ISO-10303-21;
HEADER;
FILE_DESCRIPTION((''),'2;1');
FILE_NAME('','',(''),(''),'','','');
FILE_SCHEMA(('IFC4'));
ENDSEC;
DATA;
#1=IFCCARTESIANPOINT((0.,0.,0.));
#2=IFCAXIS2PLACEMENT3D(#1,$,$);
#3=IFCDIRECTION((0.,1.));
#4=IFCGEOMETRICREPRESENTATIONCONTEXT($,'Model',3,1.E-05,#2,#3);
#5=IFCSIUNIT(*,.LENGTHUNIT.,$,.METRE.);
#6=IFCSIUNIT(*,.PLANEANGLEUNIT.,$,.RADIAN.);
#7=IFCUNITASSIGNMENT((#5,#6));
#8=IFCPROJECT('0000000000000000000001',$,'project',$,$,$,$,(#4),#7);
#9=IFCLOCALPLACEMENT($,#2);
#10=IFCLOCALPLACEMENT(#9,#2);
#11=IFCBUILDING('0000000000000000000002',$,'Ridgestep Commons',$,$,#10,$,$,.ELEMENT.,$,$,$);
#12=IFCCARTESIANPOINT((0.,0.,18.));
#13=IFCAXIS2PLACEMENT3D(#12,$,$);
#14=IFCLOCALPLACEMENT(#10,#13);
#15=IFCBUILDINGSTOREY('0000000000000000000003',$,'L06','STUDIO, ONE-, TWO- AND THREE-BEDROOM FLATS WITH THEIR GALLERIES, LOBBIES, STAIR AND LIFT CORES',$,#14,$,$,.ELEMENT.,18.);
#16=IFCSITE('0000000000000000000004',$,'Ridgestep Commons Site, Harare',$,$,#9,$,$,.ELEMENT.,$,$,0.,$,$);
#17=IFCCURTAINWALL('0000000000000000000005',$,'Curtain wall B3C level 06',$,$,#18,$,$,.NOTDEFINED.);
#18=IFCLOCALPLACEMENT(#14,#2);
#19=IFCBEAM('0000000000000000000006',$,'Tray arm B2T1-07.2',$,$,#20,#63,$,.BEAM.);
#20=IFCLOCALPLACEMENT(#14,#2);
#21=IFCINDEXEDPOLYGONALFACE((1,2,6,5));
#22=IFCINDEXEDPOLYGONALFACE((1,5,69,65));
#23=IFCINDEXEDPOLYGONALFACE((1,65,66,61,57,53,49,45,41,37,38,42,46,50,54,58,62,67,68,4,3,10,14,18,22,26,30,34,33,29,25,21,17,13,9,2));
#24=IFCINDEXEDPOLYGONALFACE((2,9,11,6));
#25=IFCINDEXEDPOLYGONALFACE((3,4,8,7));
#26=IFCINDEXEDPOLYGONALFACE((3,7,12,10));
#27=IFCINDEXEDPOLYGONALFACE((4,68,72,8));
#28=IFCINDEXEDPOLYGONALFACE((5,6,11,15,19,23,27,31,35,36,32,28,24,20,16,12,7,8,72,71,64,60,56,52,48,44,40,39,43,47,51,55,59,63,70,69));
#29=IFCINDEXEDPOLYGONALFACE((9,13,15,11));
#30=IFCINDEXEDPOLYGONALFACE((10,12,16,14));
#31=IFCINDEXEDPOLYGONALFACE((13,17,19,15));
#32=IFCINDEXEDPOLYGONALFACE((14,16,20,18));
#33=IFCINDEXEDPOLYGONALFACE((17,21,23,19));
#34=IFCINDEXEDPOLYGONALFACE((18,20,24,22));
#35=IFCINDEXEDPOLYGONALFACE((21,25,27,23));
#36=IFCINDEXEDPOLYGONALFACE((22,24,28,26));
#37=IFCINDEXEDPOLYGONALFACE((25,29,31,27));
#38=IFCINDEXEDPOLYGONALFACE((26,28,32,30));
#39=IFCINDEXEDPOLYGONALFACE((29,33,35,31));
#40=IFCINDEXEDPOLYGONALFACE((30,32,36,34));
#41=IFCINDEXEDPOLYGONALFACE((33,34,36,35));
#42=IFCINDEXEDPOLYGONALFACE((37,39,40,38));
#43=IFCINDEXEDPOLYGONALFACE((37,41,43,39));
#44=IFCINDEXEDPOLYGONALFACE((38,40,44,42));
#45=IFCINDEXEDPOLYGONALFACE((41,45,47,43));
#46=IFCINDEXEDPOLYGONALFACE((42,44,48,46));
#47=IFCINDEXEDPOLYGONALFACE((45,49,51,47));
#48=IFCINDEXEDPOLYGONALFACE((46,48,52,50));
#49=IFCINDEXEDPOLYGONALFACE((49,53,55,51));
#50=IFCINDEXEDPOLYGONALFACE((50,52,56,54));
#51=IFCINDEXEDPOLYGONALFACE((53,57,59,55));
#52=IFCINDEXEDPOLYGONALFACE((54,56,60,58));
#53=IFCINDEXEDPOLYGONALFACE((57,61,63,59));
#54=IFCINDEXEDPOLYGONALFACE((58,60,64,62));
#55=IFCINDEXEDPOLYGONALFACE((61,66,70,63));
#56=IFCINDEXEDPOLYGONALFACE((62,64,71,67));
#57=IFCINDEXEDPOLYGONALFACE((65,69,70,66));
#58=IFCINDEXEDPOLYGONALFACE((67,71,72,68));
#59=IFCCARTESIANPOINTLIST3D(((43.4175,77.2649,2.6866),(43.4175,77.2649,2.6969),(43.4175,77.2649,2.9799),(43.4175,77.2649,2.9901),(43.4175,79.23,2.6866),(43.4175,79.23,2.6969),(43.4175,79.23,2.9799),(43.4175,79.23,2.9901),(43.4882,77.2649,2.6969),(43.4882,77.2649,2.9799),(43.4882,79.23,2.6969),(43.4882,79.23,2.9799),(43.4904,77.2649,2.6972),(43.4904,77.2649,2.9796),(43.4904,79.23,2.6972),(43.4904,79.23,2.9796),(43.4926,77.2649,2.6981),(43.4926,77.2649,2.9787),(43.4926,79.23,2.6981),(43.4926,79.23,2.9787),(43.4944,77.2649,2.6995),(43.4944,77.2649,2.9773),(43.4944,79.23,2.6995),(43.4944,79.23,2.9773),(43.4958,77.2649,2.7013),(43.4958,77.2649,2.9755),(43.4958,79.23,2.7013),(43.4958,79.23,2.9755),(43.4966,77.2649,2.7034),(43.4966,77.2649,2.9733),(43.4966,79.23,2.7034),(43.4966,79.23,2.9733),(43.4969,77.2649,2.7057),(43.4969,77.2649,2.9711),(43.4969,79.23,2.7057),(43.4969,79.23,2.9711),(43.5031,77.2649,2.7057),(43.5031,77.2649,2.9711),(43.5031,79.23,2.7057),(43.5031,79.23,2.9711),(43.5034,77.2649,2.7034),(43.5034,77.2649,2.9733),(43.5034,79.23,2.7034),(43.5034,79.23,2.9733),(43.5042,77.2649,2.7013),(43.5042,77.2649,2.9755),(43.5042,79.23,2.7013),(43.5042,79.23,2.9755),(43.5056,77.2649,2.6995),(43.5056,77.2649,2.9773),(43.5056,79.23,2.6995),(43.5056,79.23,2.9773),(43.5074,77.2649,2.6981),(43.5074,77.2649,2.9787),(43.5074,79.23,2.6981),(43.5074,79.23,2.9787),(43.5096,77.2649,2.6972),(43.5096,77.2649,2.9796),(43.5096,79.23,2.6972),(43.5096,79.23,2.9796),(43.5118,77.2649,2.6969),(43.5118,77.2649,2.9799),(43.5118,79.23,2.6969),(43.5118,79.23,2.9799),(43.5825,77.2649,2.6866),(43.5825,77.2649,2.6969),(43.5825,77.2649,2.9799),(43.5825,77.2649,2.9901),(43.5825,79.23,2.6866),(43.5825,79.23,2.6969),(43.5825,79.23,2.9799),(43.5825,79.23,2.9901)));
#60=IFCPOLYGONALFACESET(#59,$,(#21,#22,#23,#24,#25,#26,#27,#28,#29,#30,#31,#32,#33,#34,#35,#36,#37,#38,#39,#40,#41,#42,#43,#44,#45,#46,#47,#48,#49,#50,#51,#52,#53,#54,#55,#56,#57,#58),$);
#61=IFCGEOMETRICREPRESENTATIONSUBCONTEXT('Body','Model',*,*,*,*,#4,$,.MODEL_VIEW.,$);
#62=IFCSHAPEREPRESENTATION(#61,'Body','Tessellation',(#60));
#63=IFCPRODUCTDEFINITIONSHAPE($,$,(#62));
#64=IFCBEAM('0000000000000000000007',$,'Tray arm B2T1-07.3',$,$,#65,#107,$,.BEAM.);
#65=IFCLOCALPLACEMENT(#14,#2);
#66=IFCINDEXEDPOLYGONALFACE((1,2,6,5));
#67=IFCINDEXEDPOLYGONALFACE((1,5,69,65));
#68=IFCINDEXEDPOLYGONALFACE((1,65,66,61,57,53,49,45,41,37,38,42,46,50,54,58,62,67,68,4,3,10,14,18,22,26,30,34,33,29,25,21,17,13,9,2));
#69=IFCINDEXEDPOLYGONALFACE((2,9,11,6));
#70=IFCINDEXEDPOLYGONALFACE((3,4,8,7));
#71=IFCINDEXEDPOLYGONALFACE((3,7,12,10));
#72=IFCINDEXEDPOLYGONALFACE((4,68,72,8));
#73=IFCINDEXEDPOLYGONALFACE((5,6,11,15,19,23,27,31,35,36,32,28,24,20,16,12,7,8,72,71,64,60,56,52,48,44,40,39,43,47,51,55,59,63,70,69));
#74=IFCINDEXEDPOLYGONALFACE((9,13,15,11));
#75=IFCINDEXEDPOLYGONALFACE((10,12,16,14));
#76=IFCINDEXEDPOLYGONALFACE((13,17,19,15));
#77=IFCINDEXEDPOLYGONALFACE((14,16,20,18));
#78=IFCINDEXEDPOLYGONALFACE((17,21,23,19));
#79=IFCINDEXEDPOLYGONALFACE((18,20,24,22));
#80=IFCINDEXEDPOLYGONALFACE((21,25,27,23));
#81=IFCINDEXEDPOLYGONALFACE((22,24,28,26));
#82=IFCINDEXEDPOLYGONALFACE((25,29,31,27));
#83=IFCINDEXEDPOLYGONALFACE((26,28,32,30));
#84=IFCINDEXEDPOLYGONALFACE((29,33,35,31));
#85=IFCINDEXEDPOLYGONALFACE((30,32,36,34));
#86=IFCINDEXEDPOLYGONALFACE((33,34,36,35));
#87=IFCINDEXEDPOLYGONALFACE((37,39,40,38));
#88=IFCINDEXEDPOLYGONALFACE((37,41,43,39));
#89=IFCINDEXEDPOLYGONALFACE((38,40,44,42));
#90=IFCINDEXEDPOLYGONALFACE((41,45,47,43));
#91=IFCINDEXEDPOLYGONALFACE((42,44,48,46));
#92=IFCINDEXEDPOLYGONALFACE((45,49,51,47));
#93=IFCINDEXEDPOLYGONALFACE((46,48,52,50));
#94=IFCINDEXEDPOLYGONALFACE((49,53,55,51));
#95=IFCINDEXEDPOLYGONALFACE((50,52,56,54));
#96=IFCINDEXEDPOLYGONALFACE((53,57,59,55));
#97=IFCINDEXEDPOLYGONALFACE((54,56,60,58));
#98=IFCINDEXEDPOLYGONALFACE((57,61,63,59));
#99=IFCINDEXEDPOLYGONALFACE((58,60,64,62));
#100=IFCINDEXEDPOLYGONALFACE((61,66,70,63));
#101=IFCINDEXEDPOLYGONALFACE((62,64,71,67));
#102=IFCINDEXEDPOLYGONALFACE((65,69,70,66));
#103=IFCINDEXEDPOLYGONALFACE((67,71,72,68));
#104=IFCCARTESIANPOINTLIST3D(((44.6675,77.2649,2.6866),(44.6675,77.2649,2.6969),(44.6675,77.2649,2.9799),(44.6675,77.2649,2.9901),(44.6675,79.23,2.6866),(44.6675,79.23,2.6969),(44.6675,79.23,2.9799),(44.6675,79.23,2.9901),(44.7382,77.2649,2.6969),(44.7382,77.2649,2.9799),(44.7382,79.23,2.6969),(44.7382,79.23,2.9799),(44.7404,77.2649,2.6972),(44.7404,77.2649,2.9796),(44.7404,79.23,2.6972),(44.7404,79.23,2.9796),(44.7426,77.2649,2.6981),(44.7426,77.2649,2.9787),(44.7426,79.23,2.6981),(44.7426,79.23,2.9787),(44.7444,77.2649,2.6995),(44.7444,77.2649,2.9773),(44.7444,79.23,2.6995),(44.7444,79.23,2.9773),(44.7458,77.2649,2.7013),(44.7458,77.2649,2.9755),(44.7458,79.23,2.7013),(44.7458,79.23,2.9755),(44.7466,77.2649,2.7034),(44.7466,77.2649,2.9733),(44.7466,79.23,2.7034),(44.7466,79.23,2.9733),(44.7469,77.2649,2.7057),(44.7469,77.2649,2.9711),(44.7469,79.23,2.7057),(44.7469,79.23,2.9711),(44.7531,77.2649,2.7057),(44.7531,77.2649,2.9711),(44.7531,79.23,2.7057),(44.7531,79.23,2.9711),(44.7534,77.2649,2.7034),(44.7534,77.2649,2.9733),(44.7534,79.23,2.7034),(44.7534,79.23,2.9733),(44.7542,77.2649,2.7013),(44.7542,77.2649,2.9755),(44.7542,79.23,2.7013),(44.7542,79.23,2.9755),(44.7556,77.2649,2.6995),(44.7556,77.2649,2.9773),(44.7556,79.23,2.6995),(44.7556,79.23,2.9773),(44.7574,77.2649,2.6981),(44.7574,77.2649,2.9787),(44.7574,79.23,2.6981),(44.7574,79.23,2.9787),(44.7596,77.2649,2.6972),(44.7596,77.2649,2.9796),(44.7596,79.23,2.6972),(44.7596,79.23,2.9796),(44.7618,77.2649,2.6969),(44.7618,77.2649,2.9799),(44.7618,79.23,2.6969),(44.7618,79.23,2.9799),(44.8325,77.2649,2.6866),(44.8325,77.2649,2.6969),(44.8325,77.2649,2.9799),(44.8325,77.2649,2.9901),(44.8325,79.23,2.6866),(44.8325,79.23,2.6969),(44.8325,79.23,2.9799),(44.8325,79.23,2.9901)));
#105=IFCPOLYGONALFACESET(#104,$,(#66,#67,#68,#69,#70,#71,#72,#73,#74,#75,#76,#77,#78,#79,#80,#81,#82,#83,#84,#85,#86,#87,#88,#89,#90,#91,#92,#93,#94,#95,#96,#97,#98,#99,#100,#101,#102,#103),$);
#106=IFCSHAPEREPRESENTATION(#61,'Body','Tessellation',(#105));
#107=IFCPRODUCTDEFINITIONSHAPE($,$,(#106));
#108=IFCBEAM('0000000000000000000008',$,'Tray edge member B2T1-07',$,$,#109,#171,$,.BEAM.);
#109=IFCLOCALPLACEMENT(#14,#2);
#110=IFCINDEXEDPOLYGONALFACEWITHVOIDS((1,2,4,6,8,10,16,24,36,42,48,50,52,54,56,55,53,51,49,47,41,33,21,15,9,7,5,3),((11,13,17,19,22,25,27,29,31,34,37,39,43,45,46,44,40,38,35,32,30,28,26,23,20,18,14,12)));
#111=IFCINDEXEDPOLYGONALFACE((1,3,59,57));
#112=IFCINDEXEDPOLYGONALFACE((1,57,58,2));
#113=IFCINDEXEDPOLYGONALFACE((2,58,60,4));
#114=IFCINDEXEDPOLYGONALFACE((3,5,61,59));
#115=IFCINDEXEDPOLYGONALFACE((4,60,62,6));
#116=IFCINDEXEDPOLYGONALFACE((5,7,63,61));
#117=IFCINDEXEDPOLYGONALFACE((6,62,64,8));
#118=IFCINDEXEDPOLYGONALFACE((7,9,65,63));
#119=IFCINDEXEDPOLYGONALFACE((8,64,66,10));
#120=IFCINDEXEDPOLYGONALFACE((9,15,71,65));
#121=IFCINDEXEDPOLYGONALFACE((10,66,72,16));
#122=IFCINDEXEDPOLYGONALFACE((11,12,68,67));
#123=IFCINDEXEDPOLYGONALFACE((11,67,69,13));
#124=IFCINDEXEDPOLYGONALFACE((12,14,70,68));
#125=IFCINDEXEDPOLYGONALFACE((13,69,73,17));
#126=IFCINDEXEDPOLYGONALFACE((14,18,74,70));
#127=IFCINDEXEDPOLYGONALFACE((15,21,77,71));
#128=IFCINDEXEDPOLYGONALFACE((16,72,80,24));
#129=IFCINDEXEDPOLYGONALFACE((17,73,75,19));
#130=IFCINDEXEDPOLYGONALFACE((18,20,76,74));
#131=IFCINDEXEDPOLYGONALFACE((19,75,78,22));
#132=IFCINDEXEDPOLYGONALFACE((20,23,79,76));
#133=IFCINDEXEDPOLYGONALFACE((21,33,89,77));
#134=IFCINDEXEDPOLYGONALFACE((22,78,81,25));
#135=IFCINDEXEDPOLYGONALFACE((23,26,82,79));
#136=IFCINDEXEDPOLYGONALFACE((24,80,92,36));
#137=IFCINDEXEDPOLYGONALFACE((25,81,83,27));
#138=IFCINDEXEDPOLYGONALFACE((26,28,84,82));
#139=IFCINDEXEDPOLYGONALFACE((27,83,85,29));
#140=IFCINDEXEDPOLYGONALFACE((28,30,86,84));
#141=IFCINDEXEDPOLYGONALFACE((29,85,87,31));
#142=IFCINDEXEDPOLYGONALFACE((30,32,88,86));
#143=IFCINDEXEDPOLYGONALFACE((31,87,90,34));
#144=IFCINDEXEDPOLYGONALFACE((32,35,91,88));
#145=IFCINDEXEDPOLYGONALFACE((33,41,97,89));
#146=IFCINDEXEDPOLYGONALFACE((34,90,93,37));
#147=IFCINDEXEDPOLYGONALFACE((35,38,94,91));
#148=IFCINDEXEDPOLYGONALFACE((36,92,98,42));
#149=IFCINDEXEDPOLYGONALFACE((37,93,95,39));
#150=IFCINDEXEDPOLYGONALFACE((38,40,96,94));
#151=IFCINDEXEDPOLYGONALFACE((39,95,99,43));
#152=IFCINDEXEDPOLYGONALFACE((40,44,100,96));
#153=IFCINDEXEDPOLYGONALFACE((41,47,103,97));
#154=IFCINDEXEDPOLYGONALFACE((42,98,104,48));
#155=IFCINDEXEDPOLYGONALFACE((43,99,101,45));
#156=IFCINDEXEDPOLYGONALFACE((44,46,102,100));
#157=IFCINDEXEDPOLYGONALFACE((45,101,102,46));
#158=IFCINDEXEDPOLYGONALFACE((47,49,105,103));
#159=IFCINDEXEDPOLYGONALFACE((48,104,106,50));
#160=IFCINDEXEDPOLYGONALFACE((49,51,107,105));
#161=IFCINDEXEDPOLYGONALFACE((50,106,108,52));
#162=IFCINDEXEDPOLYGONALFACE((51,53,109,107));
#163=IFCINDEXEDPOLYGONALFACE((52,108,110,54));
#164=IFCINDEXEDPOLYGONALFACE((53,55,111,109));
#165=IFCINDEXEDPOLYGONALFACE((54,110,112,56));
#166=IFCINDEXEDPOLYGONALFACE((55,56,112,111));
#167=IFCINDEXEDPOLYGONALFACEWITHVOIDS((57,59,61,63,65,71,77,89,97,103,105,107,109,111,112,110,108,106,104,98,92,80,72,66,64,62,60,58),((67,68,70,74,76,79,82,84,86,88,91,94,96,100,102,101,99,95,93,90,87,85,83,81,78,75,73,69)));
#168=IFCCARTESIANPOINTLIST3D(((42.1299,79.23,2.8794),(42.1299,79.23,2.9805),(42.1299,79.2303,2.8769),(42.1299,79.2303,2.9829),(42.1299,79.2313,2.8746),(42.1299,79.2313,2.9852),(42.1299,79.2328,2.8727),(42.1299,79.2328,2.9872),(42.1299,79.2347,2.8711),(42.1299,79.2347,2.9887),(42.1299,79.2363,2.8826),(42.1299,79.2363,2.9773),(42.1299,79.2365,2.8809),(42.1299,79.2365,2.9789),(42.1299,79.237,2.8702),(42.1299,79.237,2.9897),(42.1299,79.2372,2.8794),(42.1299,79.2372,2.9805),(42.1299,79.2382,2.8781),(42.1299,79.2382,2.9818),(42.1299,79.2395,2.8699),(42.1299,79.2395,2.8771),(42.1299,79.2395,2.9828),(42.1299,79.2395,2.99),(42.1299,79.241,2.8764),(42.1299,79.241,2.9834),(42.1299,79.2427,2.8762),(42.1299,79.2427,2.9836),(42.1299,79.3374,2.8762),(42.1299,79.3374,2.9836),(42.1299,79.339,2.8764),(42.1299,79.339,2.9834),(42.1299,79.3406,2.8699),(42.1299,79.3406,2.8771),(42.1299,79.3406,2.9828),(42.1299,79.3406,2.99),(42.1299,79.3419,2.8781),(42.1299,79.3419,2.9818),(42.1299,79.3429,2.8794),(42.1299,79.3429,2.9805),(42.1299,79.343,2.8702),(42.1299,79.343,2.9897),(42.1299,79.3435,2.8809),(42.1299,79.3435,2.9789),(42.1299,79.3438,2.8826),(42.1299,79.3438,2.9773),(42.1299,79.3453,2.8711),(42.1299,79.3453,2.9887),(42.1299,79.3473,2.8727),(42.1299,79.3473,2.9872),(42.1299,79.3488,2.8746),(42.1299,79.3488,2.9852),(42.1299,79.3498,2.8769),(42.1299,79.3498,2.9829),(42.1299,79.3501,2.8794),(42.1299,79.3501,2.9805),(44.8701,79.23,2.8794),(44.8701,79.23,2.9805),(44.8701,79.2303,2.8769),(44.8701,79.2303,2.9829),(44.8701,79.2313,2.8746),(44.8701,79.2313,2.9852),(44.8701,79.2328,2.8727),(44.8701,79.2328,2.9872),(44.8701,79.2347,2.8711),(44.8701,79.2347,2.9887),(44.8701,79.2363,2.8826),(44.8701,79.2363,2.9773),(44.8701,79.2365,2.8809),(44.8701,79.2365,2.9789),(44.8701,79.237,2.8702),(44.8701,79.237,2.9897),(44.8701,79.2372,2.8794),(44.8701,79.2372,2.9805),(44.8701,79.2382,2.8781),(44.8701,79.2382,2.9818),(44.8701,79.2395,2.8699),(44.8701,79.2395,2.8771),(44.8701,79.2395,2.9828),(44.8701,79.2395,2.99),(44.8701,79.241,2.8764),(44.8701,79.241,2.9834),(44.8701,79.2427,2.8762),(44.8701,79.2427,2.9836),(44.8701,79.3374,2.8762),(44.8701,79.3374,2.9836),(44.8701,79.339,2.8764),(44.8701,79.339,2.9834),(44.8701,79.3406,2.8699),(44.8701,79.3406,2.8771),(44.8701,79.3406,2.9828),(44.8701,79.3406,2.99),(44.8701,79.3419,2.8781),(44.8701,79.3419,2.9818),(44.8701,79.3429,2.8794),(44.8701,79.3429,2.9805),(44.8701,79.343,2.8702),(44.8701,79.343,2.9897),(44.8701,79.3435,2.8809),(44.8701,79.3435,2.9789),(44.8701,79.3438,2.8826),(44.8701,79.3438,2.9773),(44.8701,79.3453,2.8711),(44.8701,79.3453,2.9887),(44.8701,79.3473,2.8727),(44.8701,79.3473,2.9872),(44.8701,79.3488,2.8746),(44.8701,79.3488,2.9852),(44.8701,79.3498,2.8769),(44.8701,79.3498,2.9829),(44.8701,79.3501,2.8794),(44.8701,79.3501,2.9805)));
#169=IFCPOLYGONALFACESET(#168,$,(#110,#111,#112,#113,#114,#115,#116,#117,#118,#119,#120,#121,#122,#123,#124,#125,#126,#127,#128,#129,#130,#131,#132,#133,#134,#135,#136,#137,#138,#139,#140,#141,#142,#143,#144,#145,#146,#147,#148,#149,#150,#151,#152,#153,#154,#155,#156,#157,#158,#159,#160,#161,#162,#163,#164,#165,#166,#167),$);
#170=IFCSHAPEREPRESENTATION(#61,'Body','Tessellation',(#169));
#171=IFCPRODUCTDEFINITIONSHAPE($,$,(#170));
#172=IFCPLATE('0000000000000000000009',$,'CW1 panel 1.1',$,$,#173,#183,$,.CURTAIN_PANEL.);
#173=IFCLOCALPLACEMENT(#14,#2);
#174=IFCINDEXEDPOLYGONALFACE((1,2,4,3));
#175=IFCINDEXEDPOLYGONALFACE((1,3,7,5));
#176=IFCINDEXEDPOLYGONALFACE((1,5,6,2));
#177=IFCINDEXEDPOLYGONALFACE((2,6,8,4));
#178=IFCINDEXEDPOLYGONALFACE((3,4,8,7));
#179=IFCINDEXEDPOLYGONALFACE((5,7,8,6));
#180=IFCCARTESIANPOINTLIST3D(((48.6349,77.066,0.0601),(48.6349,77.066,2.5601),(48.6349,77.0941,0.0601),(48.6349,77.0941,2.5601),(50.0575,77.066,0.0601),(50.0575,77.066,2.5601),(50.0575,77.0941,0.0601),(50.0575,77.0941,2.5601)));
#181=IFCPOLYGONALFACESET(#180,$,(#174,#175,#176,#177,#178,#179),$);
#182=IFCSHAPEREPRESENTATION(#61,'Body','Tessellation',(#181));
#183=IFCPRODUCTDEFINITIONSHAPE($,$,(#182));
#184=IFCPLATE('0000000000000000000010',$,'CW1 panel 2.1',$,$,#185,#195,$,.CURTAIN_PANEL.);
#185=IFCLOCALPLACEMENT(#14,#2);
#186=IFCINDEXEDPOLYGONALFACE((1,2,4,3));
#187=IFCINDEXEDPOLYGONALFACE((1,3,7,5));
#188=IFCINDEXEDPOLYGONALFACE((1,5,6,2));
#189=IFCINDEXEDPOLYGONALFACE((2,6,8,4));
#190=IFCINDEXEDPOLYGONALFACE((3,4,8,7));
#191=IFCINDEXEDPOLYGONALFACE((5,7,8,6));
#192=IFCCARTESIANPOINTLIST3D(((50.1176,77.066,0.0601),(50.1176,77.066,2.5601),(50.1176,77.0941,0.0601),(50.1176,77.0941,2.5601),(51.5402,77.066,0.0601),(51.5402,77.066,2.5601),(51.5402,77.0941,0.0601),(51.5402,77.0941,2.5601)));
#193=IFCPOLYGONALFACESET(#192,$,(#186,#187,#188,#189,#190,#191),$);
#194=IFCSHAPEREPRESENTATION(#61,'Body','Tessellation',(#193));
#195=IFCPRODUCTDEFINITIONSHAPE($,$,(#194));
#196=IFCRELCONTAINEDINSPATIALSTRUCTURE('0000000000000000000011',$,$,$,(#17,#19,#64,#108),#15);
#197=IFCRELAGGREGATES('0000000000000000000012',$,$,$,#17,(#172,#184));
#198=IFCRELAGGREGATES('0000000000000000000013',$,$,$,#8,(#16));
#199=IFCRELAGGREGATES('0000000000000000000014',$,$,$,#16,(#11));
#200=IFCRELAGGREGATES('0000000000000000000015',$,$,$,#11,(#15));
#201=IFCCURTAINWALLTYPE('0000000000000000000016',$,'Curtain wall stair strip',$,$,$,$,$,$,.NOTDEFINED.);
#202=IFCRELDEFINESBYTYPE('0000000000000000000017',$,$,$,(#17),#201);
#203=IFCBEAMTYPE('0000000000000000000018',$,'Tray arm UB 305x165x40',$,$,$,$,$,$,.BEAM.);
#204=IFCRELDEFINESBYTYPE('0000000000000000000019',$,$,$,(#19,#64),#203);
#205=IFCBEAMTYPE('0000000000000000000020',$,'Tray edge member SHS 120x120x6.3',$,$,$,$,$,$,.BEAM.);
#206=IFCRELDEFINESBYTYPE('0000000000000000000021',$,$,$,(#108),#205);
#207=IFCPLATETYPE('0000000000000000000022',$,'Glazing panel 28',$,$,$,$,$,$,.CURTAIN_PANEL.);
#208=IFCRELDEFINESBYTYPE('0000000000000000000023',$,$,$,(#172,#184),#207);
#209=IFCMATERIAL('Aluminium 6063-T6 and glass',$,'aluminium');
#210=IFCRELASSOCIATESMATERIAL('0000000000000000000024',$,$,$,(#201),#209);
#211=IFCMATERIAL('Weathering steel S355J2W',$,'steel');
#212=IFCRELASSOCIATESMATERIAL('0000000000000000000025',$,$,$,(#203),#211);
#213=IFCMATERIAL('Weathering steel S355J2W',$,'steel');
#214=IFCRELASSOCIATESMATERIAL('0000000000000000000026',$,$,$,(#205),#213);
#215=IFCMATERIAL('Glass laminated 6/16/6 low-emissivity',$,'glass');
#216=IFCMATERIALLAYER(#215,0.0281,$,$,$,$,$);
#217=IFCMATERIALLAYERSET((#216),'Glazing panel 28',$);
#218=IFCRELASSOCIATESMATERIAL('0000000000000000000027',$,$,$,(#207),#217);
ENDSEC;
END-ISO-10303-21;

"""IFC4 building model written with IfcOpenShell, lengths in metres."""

from ifc_helpers import new_model, si_unit, direction, frame, origin, origin_2d, place, context, subcontext, project, spatial, rectangle, hollow_rectangle, i_section, extrude, material, layer, layer_set, material_profile, profile_set, type_object, element, aggregate, save


model = new_model("IFC4")

# Units and contexts
model_context = context("Model", 3, precision=1e-05, world=origin(), true_north=direction((0.0, 1.0)))
body_context = subcontext(model_context, "Body", "Model", "MODEL_VIEW")
ifc_project = project(units=[si_unit("LENGTHUNIT", "METRE"), si_unit("PLANEANGLEUNIT", "RADIAN")], contexts=[model_context])

# Site, building, storey
site_placement = place(None, origin())
site = spatial("IfcSite", under=ifc_project, at=site_placement, Name="Ridgestep Commons Site, Harare", CompositionType="ELEMENT", RefElevation=0.0)
building_placement = place(site_placement, origin())
building = spatial("IfcBuilding", under=site, at=building_placement, Name="Ridgestep Commons", CompositionType="ELEMENT")
storey_placement = place(building_placement, frame((0.0, 0.0, 18.0)))
storey = spatial("IfcBuildingStorey", under=building, at=storey_placement, Name="L06", Description="STUDIO, ONE-, TWO- AND THREE-BEDROOM FLATS WITH THEIR GALLERIES, LOBBIES, STAIR AND LIFT CORES", CompositionType="ELEMENT", Elevation=18.0)

# Curtain wall
ifc_material_1 = material(Name="Aluminium 6063-T6 and glass", Category="aluminium")
curtain_wall_type = type_object("IfcCurtainWallType", Name="Curtain wall stair strip", PredefinedType="NOTDEFINED", material=ifc_material_1)
curtain_wall_placement = place(storey_placement, origin())
curtain_wall = element("IfcCurtainWall", 1, at=curtain_wall_placement, inside=storey, type_object=curtain_wall_type, Name="Curtain wall B3C level 06", PredefinedType="NOTDEFINED")

# Beams
ifc_material_2 = material(Name="Weathering steel S355J2W", Category="steel")
ifc_material_profile_1 = material_profile(ifc_material_2, i_section(OverallWidth=0.165, OverallDepth=0.3035, WebThickness=0.0061, FlangeThickness=0.0103, FilletRadius=0.0088, at=origin_2d()), Name="UB 305x165x40")
ifc_profile_set_1 = profile_set([ifc_material_profile_1], Name="Weathering steel S355J2W")
beam_type_1 = type_object("IfcBeamType", Name="Tray arm UB 305x165x40", PredefinedType="BEAM", material=ifc_profile_set_1)
for number, where, z_axis, x_axis, name in (
    (2, (43.5, 77.2649, 2.8384), (0.0, 1.0, 0.0), (-1.0, 0.0, 0.0), "Tray arm B2T1-07.2"),
    (3, (44.75, 77.2649, 2.8384), (0.0, 1.0, 0.0), (-1.0, 0.0, 0.0), "Tray arm B2T1-07.3"),
):
    element("IfcBeam", number, at=place(storey_placement, frame(where, z_axis=z_axis, x_axis=x_axis)), inside=storey, type_object=beam_type_1, Name=name, PredefinedType="BEAM", context=body_context, shape_type="SweptSolid", body=[
        extrude(i_section(OverallWidth=0.165, OverallDepth=0.3035, WebThickness=0.0061, FlangeThickness=0.0103, FilletRadius=0.0088, at=origin_2d()), origin(), (0.0, 0.0, 1.0), 1.9651),
    ])
ifc_material_3 = material(Name="Weathering steel S355J2W", Category="steel")
ifc_material_profile_2 = material_profile(ifc_material_3, hollow_rectangle(XDim=0.1201, YDim=0.1201, WallThickness=0.0063, InnerFilletRadius=0.0063, OuterFilletRadius=0.0095, at=origin_2d()), Name="SHS 120x120x6.3")
ifc_profile_set_2 = profile_set([ifc_material_profile_2], Name="Weathering steel S355J2W")
beam_type_2 = type_object("IfcBeamType", Name="Tray edge member SHS 120x120x6.3", PredefinedType="BEAM", material=ifc_profile_set_2)
beam_placement = place(storey_placement, frame((42.1299, 79.29, 2.9299), z_axis=(1.0, 0.0, 0.0), x_axis=(0.0, 0.0, 1.0)))
element("IfcBeam", 4, at=beam_placement, inside=storey, type_object=beam_type_2, Name="Tray edge member B2T1-07", PredefinedType="BEAM", context=body_context, shape_type="SweptSolid", body=[
    extrude(hollow_rectangle(XDim=0.1201, YDim=0.1201, WallThickness=0.0063, InnerFilletRadius=0.0063, OuterFilletRadius=0.0095, at=origin_2d()), origin(), (0.0, 0.0, 1.0), 2.7402),
])

# Plates
ifc_material_4 = material(Name="Glass laminated 6/16/6 low-emissivity", Category="glass")
ifc_layer_1 = layer(ifc_material_4, 0.0281)
ifc_layer_set_1 = layer_set([ifc_layer_1], Name="Glazing panel 28")
plate_type_1 = type_object("IfcPlateType", Name="Glazing panel 28", PredefinedType="CURTAIN_PANEL", material=ifc_layer_set_1)
plate_1_placement = place(storey_placement, frame((49.3462, 77.0801, 0.0601), z_axis=(0.0, 0.0, 1.0), x_axis=(1.0, 0.0, 0.0)))
plate_1 = element("IfcPlate", 5, at=plate_1_placement, type_object=plate_type_1, Name="CW1 panel 1.1", PredefinedType="CURTAIN_PANEL", context=body_context, shape_type="SweptSolid", body=[
    extrude(rectangle(XDim=1.4226, YDim=0.0281, at=origin_2d()), origin(), (0.0, 0.0, 1.0), 2.5),
])
plate_2_placement = place(storey_placement, frame((50.8289, 77.0801, 0.0601), z_axis=(0.0, 0.0, 1.0), x_axis=(1.0, 0.0, 0.0)))
plate_2 = element("IfcPlate", 6, at=plate_2_placement, type_object=plate_type_1, Name="CW1 panel 2.1", PredefinedType="CURTAIN_PANEL", context=body_context, shape_type="SweptSolid", body=[
    extrude(rectangle(XDim=1.4226, YDim=0.0281, at=origin_2d()), origin(), (0.0, 0.0, 1.0), 2.5),
])
aggregate(curtain_wall, [plate_1, plate_2])

save(model, "model.ifc")
